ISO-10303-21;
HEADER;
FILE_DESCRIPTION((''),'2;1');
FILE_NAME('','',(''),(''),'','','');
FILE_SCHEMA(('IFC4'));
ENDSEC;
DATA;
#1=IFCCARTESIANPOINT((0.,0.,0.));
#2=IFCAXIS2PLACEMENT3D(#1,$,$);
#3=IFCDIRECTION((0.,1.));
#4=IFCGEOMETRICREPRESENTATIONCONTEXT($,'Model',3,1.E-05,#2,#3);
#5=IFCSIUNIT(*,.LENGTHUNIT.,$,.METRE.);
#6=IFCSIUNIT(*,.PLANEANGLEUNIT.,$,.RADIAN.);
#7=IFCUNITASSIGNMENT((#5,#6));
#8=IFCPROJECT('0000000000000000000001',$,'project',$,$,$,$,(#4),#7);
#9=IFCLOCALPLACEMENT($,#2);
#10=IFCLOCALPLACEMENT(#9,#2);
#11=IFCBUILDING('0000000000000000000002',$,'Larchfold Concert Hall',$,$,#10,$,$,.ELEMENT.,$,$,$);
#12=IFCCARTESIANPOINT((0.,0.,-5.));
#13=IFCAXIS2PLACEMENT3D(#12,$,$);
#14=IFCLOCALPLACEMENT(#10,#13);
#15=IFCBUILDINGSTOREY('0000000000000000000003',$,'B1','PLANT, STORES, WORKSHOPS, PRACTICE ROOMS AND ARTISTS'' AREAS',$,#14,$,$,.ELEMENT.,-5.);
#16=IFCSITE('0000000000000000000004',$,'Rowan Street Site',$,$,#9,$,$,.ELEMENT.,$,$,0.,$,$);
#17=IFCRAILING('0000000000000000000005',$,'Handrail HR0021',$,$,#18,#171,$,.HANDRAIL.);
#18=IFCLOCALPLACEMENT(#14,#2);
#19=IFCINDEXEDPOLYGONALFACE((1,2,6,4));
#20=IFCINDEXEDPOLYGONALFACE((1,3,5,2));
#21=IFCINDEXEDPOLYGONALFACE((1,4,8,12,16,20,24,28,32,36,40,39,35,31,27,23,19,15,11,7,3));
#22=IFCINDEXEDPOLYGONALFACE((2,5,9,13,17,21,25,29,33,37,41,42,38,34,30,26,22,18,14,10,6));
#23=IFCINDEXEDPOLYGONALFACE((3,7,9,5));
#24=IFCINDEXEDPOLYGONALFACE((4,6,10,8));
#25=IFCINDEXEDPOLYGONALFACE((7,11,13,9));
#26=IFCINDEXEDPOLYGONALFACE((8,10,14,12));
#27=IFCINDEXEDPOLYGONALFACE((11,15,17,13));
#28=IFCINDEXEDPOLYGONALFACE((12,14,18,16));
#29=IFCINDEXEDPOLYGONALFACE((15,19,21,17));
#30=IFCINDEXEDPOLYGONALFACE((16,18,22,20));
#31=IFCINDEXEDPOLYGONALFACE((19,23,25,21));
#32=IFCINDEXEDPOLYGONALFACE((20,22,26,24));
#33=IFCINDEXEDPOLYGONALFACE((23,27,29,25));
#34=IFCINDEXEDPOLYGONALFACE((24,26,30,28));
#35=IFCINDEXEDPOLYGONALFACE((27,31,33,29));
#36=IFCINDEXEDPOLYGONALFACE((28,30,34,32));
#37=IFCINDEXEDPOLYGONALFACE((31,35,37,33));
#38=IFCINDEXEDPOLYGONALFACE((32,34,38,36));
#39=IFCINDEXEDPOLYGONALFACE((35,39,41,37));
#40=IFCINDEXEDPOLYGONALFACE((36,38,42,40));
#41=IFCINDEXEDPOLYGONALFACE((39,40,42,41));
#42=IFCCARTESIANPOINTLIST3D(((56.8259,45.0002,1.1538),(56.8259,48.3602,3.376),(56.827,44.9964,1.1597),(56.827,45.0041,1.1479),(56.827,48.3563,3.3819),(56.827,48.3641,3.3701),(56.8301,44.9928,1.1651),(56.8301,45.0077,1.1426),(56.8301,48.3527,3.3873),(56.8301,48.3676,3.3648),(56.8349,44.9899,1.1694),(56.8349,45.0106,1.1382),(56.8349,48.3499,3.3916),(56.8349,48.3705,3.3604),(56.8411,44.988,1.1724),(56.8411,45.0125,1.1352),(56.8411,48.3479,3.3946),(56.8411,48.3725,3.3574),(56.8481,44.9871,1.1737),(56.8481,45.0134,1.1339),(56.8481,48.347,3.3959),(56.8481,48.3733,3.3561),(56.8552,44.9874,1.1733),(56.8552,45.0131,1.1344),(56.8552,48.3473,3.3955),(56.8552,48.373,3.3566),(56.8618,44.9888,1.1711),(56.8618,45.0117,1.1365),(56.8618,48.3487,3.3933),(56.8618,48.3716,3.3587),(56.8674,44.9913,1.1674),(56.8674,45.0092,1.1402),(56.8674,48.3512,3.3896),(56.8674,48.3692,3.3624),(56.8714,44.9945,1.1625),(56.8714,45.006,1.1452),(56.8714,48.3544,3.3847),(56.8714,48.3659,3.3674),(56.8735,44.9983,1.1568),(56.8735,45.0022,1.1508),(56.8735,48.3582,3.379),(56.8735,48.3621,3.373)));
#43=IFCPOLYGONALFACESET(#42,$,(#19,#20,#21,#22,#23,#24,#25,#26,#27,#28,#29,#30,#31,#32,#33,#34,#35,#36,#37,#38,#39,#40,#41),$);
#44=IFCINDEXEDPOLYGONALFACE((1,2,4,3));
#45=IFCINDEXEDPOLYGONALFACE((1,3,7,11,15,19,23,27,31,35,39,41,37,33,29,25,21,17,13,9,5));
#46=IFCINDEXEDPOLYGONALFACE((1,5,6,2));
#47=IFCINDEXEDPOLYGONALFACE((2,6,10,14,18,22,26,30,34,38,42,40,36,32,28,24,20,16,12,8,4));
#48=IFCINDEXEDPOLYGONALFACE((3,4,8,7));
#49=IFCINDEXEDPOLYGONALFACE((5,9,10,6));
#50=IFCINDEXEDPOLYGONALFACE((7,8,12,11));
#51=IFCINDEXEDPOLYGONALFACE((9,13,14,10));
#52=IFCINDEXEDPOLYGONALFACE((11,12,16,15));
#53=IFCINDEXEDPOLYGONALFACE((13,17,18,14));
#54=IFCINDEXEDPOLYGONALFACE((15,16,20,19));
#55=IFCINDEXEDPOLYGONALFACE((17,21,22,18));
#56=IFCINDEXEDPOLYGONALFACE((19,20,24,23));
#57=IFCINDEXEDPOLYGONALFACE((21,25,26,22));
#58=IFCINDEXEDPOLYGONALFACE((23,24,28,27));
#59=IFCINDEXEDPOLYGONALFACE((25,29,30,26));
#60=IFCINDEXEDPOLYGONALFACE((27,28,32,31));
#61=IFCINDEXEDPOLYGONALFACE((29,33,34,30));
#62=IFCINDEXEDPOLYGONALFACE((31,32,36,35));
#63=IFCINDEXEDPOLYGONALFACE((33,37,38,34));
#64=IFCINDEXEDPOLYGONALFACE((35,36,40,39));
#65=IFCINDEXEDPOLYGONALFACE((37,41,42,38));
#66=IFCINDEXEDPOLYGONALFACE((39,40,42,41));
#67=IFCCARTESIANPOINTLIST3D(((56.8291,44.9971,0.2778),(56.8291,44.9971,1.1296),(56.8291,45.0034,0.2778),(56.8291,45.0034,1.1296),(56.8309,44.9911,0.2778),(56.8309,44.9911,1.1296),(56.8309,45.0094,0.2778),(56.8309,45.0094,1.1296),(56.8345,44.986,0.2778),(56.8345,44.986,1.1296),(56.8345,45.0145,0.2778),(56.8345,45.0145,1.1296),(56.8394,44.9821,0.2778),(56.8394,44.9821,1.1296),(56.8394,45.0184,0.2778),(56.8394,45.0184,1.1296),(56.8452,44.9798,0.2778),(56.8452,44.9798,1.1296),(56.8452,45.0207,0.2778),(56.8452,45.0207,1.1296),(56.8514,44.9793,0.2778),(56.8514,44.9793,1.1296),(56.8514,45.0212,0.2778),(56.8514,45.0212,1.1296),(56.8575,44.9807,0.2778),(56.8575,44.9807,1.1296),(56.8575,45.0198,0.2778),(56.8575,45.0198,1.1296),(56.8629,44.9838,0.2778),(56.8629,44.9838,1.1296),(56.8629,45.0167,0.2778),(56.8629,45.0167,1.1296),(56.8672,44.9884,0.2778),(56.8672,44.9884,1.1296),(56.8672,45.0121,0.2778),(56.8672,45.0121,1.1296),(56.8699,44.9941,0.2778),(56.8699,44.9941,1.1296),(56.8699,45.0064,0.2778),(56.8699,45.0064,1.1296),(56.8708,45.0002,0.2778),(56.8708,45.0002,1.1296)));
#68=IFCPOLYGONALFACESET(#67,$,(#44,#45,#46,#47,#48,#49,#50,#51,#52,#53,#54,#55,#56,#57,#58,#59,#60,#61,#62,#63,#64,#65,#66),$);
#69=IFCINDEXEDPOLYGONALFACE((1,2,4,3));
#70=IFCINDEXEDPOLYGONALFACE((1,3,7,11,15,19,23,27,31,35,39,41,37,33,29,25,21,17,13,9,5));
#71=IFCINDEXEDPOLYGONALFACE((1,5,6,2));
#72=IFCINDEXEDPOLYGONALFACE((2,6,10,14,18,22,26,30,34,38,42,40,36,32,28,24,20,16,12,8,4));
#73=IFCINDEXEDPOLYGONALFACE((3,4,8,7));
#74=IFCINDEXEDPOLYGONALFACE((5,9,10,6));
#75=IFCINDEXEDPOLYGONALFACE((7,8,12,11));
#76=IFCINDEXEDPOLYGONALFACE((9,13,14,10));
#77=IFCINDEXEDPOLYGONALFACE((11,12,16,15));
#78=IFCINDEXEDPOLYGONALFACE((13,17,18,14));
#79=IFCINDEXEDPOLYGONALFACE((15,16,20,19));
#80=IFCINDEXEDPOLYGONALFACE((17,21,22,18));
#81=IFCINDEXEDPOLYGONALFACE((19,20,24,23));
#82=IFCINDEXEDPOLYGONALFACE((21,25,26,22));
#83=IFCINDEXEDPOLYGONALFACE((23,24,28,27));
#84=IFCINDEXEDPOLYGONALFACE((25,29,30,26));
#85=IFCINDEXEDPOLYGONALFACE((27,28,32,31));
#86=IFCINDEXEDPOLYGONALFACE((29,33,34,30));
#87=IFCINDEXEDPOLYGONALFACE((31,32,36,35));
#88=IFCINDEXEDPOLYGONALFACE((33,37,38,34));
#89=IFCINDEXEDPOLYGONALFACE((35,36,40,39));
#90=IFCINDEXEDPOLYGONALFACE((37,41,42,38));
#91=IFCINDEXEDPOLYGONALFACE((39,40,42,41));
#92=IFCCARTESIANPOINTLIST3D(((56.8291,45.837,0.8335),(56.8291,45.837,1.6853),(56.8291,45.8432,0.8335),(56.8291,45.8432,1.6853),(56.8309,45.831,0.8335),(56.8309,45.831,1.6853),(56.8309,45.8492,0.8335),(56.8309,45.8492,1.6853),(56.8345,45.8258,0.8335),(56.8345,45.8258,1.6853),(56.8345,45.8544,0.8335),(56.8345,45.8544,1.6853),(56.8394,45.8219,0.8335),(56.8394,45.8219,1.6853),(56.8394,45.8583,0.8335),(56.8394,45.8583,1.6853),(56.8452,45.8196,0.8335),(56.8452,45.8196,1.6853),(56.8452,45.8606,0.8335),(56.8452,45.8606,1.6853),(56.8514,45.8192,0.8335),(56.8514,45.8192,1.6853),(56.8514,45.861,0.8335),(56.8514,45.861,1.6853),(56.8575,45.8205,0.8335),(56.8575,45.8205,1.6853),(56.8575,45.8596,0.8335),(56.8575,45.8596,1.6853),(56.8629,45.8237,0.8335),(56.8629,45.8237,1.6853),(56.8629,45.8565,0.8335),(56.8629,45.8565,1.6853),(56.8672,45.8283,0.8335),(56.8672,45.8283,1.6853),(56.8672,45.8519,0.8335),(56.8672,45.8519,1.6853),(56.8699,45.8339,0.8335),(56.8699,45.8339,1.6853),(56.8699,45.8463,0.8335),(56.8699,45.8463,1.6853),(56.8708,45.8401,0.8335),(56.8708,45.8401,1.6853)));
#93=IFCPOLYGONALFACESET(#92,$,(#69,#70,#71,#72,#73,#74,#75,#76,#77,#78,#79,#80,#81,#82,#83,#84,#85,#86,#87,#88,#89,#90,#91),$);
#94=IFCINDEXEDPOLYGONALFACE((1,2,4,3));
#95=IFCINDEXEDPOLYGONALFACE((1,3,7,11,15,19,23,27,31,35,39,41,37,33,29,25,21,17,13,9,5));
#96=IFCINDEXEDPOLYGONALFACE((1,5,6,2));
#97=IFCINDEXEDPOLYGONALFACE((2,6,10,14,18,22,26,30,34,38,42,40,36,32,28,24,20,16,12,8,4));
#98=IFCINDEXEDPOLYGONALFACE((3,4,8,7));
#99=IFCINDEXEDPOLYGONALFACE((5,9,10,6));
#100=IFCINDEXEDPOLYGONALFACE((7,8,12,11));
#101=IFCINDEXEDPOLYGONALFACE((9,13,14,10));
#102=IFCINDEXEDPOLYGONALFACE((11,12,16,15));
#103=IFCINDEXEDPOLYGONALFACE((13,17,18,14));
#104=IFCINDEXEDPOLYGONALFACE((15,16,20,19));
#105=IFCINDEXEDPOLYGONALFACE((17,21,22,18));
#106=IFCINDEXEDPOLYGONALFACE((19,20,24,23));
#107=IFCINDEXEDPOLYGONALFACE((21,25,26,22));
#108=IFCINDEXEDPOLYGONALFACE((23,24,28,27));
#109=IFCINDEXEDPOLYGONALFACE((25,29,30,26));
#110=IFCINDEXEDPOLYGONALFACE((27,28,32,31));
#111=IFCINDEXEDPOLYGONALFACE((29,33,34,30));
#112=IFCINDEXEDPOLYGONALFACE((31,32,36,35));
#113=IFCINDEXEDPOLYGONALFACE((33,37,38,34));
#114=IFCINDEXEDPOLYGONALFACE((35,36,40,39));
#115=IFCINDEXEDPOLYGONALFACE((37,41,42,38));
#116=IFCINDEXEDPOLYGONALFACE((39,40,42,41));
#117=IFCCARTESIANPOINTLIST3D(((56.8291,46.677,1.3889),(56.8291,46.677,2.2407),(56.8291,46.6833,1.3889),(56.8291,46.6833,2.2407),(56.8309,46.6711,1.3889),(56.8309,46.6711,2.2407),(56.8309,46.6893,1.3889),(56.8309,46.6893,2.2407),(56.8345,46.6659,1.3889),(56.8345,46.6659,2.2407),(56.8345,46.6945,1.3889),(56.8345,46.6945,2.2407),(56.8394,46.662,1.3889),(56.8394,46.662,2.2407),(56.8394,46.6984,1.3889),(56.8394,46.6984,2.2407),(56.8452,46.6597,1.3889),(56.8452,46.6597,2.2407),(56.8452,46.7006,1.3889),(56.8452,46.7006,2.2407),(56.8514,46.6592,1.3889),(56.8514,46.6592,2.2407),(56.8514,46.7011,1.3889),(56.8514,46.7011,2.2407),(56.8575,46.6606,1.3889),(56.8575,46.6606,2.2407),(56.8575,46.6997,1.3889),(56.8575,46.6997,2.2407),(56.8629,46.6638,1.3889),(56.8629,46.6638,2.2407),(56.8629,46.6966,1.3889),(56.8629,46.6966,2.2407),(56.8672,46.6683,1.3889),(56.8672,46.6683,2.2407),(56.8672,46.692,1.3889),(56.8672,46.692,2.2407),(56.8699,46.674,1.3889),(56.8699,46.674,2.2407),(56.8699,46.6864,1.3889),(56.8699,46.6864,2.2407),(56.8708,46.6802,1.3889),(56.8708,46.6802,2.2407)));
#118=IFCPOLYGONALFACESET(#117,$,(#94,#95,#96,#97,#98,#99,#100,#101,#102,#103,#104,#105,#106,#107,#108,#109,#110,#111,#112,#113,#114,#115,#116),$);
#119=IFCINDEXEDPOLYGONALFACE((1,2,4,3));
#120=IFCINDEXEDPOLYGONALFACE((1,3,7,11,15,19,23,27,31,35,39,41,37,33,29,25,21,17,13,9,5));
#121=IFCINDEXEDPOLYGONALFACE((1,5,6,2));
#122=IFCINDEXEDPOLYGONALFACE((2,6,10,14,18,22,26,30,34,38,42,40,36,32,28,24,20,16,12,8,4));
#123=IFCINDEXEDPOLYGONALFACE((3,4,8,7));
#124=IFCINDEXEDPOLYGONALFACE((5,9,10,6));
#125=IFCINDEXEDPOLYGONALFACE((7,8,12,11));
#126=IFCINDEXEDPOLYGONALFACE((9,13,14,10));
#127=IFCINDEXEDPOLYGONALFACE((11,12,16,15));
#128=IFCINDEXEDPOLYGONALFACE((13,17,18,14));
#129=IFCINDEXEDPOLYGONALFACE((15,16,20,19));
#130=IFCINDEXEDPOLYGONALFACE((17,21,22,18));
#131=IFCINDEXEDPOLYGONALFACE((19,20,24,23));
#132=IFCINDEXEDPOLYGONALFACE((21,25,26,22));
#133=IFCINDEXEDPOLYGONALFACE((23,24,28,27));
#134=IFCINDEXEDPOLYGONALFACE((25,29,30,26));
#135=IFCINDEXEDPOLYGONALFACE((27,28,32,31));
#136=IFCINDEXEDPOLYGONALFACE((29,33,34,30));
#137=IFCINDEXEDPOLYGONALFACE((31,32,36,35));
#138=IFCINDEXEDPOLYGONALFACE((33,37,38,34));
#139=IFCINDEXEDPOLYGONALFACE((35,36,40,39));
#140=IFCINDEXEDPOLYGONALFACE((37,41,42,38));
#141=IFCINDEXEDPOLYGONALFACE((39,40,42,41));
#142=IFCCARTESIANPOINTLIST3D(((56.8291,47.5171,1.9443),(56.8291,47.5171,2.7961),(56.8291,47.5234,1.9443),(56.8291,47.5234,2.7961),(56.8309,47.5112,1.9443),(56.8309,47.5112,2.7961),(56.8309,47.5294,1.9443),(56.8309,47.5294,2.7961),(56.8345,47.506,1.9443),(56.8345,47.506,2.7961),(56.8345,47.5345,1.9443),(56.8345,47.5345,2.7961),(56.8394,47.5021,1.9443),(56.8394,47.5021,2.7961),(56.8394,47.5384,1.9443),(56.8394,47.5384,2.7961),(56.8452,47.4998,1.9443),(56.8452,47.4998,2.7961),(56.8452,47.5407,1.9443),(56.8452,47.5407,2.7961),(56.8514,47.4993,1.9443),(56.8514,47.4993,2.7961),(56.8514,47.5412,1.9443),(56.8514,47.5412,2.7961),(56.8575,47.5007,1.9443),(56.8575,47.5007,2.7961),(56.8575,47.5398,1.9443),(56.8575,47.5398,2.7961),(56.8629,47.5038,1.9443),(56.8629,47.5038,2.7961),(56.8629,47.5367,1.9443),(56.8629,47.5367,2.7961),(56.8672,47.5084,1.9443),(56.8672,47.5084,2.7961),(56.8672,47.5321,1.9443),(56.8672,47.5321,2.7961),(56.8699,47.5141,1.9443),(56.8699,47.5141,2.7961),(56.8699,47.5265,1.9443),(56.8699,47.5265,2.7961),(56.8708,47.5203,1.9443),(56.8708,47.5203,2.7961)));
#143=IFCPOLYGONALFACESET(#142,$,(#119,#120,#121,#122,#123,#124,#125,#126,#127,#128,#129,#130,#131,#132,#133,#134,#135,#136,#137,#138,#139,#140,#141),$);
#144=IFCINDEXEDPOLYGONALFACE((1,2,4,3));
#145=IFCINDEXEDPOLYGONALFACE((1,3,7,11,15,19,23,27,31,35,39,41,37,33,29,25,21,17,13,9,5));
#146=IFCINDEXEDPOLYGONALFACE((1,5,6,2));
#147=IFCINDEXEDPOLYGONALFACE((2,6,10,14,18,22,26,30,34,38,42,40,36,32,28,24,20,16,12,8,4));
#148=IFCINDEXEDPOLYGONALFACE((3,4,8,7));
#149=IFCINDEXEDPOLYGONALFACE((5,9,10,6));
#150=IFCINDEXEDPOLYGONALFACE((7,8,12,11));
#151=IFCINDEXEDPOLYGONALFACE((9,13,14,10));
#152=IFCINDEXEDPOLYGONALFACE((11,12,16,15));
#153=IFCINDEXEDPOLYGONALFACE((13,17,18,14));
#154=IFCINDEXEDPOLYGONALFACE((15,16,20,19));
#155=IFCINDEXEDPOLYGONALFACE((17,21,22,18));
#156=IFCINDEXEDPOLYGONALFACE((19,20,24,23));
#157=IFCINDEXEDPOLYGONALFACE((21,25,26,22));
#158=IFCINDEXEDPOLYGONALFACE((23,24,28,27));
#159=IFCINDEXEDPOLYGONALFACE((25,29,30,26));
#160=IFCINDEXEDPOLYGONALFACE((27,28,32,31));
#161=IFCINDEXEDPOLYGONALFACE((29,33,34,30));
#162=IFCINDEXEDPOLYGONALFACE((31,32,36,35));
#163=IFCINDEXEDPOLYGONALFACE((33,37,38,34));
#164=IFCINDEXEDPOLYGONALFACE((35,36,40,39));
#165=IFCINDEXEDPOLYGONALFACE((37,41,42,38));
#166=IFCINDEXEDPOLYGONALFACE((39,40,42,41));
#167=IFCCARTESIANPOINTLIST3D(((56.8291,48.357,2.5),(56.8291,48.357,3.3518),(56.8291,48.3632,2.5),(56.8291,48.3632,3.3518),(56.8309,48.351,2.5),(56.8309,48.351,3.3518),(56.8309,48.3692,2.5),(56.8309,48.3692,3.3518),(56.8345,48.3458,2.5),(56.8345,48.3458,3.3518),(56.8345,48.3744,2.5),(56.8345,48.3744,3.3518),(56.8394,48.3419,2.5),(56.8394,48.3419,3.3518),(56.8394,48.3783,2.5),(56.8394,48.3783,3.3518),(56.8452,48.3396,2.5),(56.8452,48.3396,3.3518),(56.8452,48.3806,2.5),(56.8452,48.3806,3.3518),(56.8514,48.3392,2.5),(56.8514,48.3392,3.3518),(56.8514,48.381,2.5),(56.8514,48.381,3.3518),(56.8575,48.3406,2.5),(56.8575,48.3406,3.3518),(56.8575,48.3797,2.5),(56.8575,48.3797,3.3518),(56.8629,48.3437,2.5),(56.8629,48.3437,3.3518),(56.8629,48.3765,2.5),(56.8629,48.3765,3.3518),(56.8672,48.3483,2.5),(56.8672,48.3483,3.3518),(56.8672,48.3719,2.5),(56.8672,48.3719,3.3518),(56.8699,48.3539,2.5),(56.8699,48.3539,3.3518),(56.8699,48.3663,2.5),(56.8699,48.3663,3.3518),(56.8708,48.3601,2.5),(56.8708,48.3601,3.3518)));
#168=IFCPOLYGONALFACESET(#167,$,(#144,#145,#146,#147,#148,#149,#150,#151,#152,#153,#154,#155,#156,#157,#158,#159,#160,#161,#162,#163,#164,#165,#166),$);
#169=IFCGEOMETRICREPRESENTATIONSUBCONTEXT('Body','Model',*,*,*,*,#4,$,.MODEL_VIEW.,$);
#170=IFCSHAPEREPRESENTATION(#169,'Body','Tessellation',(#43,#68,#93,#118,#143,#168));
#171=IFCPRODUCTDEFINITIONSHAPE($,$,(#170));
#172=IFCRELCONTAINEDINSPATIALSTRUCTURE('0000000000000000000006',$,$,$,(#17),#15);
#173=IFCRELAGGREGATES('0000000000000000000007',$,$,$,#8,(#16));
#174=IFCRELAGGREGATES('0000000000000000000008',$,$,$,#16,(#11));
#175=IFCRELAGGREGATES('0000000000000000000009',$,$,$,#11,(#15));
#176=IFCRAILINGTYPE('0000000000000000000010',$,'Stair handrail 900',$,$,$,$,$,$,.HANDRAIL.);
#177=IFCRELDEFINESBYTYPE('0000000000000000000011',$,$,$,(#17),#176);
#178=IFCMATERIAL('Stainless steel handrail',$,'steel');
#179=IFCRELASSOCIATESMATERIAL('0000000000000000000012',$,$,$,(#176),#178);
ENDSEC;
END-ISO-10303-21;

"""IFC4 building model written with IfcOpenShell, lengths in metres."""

from ifc_helpers import new_model, si_unit, direction, frame, origin, origin_2d, place, context, subcontext, project, spatial, circle, extrude, material, type_object, element, save


model = new_model("IFC4")

# Units and contexts
model_context = context("Model", 3, precision=1e-05, world=origin(), true_north=direction((0.0, 1.0)))
body_context = subcontext(model_context, "Body", "Model", "MODEL_VIEW")
ifc_project = project(units=[si_unit("LENGTHUNIT", "METRE"), si_unit("PLANEANGLEUNIT", "RADIAN")], contexts=[model_context])

# Site, building, storey
site_placement = place(None, origin())
site = spatial("IfcSite", under=ifc_project, at=site_placement, Name="Rowan Street Site", CompositionType="ELEMENT", RefElevation=0.0)
building_placement = place(site_placement, origin())
building = spatial("IfcBuilding", under=site, at=building_placement, Name="Larchfold Concert Hall", CompositionType="ELEMENT")
storey_placement = place(building_placement, frame((0.0, 0.0, -5.0)))
storey = spatial("IfcBuildingStorey", under=building, at=storey_placement, Name="B1", Description="PLANT, STORES, WORKSHOPS, PRACTICE ROOMS AND ARTISTS' AREAS", CompositionType="ELEMENT", Elevation=-5.0)

# Railing
ifc_material_1 = material(Name="Stainless steel handrail", Category="steel")
railing_type_1 = type_object("IfcRailingType", Name="Stair handrail 900", PredefinedType="HANDRAIL", material=ifc_material_1)
railing_1_placement = place(storey_placement, frame((56.8499, 45.0002, 0.2778)))
element("IfcRailing", 1, at=railing_1_placement, inside=storey, type_object=railing_type_1, Name="Handrail HR0021", PredefinedType="HANDRAIL", context=body_context, shape_type="SweptSolid", body=[
    extrude(circle(Radius=0.0239, at=origin_2d()), frame((0.0, 0.0, 0.876), z_axis=(0.0, 0.834077, 0.551647), x_axis=(-1.0, 0.0, 0.0)), (0.0, 0.0, 1.0), 4.0283),
    extrude(circle(Radius=0.021, at=origin_2d()), origin(), (0.0, 0.0, 1.0), 0.8518),
    extrude(circle(Radius=0.021, at=origin_2d()), frame((0.0, 0.8398, 0.5557)), (0.0, 0.0, 1.0), 0.8518),
    extrude(circle(Radius=0.021, at=origin_2d()), frame((0.0, 1.6799, 1.1111)), (0.0, 0.0, 1.0), 0.8518),
    extrude(circle(Radius=0.021, at=origin_2d()), frame((0.0, 2.52, 1.6665)), (0.0, 0.0, 1.0), 0.8518),
    extrude(circle(Radius=0.021, at=origin_2d()), frame((0.0, 3.3599, 2.2222)), (0.0, 0.0, 1.0), 0.8518),
])

save(model, "model.ifc")
